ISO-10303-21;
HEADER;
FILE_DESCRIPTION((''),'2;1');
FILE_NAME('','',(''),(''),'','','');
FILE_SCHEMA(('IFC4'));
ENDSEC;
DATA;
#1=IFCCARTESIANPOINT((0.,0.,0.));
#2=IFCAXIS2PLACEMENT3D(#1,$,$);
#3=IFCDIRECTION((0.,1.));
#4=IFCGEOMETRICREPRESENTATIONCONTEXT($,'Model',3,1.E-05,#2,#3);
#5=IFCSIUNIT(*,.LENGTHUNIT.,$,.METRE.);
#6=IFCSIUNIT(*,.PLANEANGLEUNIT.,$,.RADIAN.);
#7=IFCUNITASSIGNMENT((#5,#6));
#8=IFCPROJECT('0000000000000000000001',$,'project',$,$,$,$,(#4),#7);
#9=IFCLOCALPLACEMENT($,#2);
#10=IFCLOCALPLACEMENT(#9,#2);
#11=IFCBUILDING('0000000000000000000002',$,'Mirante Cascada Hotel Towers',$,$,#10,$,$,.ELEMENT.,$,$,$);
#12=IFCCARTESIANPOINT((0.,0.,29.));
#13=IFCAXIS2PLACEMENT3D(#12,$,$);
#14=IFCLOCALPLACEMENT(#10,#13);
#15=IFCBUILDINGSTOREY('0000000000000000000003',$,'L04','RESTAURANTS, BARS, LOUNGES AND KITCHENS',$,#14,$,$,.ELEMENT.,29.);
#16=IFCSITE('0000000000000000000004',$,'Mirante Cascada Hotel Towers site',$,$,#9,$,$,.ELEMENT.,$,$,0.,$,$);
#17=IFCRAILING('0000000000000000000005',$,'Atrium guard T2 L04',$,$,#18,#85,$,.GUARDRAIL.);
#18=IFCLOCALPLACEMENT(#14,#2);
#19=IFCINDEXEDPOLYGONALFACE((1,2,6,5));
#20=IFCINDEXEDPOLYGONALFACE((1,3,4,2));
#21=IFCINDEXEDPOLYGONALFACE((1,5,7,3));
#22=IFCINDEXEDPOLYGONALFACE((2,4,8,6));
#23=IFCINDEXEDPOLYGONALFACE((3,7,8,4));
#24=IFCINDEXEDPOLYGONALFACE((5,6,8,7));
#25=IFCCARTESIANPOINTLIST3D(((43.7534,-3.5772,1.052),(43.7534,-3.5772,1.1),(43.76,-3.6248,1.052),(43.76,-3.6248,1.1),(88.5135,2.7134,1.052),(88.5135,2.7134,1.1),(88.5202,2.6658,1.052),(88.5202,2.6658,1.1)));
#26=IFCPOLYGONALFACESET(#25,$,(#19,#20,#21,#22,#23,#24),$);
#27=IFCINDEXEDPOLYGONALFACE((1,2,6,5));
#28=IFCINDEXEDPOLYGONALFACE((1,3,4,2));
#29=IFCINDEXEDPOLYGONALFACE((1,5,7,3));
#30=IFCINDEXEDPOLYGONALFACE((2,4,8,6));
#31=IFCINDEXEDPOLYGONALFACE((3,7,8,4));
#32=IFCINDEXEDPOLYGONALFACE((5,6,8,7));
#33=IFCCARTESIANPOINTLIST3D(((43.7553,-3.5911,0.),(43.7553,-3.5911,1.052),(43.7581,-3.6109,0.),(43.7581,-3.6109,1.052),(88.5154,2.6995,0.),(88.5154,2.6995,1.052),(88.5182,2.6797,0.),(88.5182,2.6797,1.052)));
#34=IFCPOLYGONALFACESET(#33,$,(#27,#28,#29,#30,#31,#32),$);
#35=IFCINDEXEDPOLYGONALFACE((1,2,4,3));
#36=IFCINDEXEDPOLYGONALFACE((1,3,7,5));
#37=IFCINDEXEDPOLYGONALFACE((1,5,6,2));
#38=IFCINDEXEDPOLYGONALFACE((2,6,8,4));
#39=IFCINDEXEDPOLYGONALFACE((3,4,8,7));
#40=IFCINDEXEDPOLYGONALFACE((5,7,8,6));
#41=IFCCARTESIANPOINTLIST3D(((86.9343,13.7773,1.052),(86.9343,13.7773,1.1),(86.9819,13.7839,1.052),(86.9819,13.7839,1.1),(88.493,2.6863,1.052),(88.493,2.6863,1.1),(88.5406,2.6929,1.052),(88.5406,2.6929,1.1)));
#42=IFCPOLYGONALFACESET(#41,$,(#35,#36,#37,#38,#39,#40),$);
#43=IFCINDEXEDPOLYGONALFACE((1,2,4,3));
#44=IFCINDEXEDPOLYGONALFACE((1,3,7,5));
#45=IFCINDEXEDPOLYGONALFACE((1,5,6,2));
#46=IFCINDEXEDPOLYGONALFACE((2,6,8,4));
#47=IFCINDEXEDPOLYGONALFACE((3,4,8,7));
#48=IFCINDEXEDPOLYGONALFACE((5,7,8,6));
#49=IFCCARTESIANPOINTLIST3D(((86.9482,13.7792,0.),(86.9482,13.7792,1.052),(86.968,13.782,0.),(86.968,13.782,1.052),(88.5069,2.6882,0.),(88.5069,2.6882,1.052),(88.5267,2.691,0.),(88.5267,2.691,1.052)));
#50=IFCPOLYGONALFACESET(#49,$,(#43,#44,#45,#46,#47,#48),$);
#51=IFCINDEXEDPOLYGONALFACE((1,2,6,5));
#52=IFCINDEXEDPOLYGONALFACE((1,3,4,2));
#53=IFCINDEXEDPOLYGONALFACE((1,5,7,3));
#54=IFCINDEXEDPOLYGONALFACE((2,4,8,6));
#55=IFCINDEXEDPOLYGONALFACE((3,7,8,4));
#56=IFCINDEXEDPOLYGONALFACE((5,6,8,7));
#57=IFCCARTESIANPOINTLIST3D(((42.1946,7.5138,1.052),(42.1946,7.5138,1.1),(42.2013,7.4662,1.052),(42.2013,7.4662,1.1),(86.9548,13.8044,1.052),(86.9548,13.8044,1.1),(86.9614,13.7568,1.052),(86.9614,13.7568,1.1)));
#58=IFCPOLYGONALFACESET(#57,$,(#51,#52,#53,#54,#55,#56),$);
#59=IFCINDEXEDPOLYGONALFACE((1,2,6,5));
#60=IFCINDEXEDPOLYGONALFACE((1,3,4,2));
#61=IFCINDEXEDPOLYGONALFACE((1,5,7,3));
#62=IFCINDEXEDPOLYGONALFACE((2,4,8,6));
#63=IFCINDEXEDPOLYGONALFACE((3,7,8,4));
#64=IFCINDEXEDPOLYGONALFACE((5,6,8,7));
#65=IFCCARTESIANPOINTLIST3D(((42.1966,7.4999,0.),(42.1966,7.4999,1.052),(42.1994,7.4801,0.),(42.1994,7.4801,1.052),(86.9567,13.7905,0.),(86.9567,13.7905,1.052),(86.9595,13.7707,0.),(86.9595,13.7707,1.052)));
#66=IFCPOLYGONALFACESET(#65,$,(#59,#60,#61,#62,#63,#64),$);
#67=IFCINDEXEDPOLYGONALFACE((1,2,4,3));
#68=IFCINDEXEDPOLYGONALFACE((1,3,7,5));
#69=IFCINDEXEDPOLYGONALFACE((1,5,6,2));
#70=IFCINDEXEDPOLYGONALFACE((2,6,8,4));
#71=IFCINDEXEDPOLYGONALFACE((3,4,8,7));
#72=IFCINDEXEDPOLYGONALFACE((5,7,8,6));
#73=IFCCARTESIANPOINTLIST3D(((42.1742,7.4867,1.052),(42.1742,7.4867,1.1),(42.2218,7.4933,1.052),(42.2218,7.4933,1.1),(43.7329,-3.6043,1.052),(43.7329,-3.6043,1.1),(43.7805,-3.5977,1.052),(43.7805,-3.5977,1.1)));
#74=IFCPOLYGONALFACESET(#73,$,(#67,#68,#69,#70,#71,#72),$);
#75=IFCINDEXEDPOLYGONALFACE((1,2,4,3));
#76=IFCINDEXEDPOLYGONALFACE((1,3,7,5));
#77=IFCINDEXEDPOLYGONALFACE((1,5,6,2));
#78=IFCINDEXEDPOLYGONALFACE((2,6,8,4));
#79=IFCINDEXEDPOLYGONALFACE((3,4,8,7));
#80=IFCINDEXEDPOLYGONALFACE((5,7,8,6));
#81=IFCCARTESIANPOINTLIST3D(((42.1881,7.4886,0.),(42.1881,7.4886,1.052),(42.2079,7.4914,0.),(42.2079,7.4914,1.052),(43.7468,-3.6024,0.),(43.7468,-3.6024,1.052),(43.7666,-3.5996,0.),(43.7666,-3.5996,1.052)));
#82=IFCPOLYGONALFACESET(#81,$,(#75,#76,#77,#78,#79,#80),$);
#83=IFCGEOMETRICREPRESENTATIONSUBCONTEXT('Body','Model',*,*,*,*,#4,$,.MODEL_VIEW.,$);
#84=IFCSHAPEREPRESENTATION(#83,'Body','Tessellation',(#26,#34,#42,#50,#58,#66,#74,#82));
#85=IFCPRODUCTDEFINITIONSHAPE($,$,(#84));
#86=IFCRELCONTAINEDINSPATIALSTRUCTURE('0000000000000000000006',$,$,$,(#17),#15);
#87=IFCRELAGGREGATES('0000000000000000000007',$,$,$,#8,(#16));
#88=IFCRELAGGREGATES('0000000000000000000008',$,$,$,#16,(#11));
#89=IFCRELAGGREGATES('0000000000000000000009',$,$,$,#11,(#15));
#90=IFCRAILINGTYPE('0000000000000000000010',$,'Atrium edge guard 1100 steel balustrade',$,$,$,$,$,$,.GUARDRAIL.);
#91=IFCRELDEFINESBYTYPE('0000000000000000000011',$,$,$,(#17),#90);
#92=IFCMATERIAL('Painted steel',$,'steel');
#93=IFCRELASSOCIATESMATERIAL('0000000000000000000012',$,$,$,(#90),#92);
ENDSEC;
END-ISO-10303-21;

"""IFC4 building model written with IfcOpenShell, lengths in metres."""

from ifc_helpers import new_model, si_unit, direction, frame, origin, origin_2d, place, context, subcontext, project, spatial, rectangle, extrude, material, type_object, element, save


model = new_model("IFC4")

# Units and contexts
model_context = context("Model", 3, precision=1e-05, world=origin(), true_north=direction((0.0, 1.0)))
body_context = subcontext(model_context, "Body", "Model", "MODEL_VIEW")
ifc_project = project(units=[si_unit("LENGTHUNIT", "METRE"), si_unit("PLANEANGLEUNIT", "RADIAN")], contexts=[model_context])

# Site, building, storey
site_placement = place(None, origin())
site = spatial("IfcSite", under=ifc_project, at=site_placement, Name="Mirante Cascada Hotel Towers site", CompositionType="ELEMENT", RefElevation=0.0)
building_placement = place(site_placement, origin())
building = spatial("IfcBuilding", under=site, at=building_placement, Name="Mirante Cascada Hotel Towers", CompositionType="ELEMENT")
storey_placement = place(building_placement, frame((0.0, 0.0, 29.0)))
storey = spatial("IfcBuildingStorey", under=building, at=storey_placement, Name="L04", Description="RESTAURANTS, BARS, LOUNGES AND KITCHENS", CompositionType="ELEMENT", Elevation=29.0)

# Railing
ifc_material_1 = material(Name="Painted steel", Category="steel")
railing_type = type_object("IfcRailingType", Name="Atrium edge guard 1100 steel balustrade", PredefinedType="GUARDRAIL", material=ifc_material_1)
railing_placement = place(storey_placement, frame((43.7567, -3.601, 0.0)))
element("IfcRailing", 1, at=railing_placement, inside=storey, type_object=railing_type, Name="Atrium guard T2 L04", PredefinedType="GUARDRAIL", context=body_context, shape_type="SweptSolid", body=[
    extrude(rectangle(XDim=0.048, YDim=0.048, at=origin_2d()), frame((0.0, 0.0, 1.076), z_axis=(0.990268, 0.139173, 0.0), x_axis=(-0.139173, 0.990268, 0.0)), (0.0, 0.0, 1.0), 45.2),
    extrude(rectangle(XDim=0.02, YDim=1.052, at=origin_2d()), frame((0.0, 0.0, 0.526), z_axis=(0.990268, 0.139173, 0.0), x_axis=(-0.139173, 0.990268, 0.0)), (0.0, 0.0, 1.0), 45.2),
    extrude(rectangle(XDim=0.048, YDim=0.048, at=origin_2d()), frame((44.7601, 6.2906, 1.076), z_axis=(-0.13917, 0.990268, 0.0), x_axis=(-0.990268, -0.13917, 0.0)), (0.0, 0.0, 1.0), 11.2),
    extrude(rectangle(XDim=0.02, YDim=1.052, at=origin_2d()), frame((44.7601, 6.2906, 0.526), z_axis=(-0.13917, 0.990268, 0.0), x_axis=(-0.990268, -0.13917, 0.0)), (0.0, 0.0, 1.0), 11.2),
    extrude(rectangle(XDim=0.048, YDim=0.048, at=origin_2d()), frame((43.2014, 17.3816, 1.076), z_axis=(-0.990268, -0.139173, 0.0), x_axis=(0.139173, -0.990268, 0.0)), (0.0, 0.0, 1.0), 45.2),
    extrude(rectangle(XDim=0.02, YDim=1.052, at=origin_2d()), frame((43.2014, 17.3816, 0.526), z_axis=(-0.990268, -0.139173, 0.0), x_axis=(0.139173, -0.990268, 0.0)), (0.0, 0.0, 1.0), 45.2),
    extrude(rectangle(XDim=0.048, YDim=0.048, at=origin_2d()), frame((-1.5587, 11.091, 1.076), z_axis=(0.13917, -0.990268, 0.0), x_axis=(0.990268, 0.13917, 0.0)), (0.0, 0.0, 1.0), 11.2),
    extrude(rectangle(XDim=0.02, YDim=1.052, at=origin_2d()), frame((-1.5587, 11.091, 0.526), z_axis=(0.13917, -0.990268, 0.0), x_axis=(0.990268, 0.13917, 0.0)), (0.0, 0.0, 1.0), 11.2),
])

save(model, "model.ifc")
